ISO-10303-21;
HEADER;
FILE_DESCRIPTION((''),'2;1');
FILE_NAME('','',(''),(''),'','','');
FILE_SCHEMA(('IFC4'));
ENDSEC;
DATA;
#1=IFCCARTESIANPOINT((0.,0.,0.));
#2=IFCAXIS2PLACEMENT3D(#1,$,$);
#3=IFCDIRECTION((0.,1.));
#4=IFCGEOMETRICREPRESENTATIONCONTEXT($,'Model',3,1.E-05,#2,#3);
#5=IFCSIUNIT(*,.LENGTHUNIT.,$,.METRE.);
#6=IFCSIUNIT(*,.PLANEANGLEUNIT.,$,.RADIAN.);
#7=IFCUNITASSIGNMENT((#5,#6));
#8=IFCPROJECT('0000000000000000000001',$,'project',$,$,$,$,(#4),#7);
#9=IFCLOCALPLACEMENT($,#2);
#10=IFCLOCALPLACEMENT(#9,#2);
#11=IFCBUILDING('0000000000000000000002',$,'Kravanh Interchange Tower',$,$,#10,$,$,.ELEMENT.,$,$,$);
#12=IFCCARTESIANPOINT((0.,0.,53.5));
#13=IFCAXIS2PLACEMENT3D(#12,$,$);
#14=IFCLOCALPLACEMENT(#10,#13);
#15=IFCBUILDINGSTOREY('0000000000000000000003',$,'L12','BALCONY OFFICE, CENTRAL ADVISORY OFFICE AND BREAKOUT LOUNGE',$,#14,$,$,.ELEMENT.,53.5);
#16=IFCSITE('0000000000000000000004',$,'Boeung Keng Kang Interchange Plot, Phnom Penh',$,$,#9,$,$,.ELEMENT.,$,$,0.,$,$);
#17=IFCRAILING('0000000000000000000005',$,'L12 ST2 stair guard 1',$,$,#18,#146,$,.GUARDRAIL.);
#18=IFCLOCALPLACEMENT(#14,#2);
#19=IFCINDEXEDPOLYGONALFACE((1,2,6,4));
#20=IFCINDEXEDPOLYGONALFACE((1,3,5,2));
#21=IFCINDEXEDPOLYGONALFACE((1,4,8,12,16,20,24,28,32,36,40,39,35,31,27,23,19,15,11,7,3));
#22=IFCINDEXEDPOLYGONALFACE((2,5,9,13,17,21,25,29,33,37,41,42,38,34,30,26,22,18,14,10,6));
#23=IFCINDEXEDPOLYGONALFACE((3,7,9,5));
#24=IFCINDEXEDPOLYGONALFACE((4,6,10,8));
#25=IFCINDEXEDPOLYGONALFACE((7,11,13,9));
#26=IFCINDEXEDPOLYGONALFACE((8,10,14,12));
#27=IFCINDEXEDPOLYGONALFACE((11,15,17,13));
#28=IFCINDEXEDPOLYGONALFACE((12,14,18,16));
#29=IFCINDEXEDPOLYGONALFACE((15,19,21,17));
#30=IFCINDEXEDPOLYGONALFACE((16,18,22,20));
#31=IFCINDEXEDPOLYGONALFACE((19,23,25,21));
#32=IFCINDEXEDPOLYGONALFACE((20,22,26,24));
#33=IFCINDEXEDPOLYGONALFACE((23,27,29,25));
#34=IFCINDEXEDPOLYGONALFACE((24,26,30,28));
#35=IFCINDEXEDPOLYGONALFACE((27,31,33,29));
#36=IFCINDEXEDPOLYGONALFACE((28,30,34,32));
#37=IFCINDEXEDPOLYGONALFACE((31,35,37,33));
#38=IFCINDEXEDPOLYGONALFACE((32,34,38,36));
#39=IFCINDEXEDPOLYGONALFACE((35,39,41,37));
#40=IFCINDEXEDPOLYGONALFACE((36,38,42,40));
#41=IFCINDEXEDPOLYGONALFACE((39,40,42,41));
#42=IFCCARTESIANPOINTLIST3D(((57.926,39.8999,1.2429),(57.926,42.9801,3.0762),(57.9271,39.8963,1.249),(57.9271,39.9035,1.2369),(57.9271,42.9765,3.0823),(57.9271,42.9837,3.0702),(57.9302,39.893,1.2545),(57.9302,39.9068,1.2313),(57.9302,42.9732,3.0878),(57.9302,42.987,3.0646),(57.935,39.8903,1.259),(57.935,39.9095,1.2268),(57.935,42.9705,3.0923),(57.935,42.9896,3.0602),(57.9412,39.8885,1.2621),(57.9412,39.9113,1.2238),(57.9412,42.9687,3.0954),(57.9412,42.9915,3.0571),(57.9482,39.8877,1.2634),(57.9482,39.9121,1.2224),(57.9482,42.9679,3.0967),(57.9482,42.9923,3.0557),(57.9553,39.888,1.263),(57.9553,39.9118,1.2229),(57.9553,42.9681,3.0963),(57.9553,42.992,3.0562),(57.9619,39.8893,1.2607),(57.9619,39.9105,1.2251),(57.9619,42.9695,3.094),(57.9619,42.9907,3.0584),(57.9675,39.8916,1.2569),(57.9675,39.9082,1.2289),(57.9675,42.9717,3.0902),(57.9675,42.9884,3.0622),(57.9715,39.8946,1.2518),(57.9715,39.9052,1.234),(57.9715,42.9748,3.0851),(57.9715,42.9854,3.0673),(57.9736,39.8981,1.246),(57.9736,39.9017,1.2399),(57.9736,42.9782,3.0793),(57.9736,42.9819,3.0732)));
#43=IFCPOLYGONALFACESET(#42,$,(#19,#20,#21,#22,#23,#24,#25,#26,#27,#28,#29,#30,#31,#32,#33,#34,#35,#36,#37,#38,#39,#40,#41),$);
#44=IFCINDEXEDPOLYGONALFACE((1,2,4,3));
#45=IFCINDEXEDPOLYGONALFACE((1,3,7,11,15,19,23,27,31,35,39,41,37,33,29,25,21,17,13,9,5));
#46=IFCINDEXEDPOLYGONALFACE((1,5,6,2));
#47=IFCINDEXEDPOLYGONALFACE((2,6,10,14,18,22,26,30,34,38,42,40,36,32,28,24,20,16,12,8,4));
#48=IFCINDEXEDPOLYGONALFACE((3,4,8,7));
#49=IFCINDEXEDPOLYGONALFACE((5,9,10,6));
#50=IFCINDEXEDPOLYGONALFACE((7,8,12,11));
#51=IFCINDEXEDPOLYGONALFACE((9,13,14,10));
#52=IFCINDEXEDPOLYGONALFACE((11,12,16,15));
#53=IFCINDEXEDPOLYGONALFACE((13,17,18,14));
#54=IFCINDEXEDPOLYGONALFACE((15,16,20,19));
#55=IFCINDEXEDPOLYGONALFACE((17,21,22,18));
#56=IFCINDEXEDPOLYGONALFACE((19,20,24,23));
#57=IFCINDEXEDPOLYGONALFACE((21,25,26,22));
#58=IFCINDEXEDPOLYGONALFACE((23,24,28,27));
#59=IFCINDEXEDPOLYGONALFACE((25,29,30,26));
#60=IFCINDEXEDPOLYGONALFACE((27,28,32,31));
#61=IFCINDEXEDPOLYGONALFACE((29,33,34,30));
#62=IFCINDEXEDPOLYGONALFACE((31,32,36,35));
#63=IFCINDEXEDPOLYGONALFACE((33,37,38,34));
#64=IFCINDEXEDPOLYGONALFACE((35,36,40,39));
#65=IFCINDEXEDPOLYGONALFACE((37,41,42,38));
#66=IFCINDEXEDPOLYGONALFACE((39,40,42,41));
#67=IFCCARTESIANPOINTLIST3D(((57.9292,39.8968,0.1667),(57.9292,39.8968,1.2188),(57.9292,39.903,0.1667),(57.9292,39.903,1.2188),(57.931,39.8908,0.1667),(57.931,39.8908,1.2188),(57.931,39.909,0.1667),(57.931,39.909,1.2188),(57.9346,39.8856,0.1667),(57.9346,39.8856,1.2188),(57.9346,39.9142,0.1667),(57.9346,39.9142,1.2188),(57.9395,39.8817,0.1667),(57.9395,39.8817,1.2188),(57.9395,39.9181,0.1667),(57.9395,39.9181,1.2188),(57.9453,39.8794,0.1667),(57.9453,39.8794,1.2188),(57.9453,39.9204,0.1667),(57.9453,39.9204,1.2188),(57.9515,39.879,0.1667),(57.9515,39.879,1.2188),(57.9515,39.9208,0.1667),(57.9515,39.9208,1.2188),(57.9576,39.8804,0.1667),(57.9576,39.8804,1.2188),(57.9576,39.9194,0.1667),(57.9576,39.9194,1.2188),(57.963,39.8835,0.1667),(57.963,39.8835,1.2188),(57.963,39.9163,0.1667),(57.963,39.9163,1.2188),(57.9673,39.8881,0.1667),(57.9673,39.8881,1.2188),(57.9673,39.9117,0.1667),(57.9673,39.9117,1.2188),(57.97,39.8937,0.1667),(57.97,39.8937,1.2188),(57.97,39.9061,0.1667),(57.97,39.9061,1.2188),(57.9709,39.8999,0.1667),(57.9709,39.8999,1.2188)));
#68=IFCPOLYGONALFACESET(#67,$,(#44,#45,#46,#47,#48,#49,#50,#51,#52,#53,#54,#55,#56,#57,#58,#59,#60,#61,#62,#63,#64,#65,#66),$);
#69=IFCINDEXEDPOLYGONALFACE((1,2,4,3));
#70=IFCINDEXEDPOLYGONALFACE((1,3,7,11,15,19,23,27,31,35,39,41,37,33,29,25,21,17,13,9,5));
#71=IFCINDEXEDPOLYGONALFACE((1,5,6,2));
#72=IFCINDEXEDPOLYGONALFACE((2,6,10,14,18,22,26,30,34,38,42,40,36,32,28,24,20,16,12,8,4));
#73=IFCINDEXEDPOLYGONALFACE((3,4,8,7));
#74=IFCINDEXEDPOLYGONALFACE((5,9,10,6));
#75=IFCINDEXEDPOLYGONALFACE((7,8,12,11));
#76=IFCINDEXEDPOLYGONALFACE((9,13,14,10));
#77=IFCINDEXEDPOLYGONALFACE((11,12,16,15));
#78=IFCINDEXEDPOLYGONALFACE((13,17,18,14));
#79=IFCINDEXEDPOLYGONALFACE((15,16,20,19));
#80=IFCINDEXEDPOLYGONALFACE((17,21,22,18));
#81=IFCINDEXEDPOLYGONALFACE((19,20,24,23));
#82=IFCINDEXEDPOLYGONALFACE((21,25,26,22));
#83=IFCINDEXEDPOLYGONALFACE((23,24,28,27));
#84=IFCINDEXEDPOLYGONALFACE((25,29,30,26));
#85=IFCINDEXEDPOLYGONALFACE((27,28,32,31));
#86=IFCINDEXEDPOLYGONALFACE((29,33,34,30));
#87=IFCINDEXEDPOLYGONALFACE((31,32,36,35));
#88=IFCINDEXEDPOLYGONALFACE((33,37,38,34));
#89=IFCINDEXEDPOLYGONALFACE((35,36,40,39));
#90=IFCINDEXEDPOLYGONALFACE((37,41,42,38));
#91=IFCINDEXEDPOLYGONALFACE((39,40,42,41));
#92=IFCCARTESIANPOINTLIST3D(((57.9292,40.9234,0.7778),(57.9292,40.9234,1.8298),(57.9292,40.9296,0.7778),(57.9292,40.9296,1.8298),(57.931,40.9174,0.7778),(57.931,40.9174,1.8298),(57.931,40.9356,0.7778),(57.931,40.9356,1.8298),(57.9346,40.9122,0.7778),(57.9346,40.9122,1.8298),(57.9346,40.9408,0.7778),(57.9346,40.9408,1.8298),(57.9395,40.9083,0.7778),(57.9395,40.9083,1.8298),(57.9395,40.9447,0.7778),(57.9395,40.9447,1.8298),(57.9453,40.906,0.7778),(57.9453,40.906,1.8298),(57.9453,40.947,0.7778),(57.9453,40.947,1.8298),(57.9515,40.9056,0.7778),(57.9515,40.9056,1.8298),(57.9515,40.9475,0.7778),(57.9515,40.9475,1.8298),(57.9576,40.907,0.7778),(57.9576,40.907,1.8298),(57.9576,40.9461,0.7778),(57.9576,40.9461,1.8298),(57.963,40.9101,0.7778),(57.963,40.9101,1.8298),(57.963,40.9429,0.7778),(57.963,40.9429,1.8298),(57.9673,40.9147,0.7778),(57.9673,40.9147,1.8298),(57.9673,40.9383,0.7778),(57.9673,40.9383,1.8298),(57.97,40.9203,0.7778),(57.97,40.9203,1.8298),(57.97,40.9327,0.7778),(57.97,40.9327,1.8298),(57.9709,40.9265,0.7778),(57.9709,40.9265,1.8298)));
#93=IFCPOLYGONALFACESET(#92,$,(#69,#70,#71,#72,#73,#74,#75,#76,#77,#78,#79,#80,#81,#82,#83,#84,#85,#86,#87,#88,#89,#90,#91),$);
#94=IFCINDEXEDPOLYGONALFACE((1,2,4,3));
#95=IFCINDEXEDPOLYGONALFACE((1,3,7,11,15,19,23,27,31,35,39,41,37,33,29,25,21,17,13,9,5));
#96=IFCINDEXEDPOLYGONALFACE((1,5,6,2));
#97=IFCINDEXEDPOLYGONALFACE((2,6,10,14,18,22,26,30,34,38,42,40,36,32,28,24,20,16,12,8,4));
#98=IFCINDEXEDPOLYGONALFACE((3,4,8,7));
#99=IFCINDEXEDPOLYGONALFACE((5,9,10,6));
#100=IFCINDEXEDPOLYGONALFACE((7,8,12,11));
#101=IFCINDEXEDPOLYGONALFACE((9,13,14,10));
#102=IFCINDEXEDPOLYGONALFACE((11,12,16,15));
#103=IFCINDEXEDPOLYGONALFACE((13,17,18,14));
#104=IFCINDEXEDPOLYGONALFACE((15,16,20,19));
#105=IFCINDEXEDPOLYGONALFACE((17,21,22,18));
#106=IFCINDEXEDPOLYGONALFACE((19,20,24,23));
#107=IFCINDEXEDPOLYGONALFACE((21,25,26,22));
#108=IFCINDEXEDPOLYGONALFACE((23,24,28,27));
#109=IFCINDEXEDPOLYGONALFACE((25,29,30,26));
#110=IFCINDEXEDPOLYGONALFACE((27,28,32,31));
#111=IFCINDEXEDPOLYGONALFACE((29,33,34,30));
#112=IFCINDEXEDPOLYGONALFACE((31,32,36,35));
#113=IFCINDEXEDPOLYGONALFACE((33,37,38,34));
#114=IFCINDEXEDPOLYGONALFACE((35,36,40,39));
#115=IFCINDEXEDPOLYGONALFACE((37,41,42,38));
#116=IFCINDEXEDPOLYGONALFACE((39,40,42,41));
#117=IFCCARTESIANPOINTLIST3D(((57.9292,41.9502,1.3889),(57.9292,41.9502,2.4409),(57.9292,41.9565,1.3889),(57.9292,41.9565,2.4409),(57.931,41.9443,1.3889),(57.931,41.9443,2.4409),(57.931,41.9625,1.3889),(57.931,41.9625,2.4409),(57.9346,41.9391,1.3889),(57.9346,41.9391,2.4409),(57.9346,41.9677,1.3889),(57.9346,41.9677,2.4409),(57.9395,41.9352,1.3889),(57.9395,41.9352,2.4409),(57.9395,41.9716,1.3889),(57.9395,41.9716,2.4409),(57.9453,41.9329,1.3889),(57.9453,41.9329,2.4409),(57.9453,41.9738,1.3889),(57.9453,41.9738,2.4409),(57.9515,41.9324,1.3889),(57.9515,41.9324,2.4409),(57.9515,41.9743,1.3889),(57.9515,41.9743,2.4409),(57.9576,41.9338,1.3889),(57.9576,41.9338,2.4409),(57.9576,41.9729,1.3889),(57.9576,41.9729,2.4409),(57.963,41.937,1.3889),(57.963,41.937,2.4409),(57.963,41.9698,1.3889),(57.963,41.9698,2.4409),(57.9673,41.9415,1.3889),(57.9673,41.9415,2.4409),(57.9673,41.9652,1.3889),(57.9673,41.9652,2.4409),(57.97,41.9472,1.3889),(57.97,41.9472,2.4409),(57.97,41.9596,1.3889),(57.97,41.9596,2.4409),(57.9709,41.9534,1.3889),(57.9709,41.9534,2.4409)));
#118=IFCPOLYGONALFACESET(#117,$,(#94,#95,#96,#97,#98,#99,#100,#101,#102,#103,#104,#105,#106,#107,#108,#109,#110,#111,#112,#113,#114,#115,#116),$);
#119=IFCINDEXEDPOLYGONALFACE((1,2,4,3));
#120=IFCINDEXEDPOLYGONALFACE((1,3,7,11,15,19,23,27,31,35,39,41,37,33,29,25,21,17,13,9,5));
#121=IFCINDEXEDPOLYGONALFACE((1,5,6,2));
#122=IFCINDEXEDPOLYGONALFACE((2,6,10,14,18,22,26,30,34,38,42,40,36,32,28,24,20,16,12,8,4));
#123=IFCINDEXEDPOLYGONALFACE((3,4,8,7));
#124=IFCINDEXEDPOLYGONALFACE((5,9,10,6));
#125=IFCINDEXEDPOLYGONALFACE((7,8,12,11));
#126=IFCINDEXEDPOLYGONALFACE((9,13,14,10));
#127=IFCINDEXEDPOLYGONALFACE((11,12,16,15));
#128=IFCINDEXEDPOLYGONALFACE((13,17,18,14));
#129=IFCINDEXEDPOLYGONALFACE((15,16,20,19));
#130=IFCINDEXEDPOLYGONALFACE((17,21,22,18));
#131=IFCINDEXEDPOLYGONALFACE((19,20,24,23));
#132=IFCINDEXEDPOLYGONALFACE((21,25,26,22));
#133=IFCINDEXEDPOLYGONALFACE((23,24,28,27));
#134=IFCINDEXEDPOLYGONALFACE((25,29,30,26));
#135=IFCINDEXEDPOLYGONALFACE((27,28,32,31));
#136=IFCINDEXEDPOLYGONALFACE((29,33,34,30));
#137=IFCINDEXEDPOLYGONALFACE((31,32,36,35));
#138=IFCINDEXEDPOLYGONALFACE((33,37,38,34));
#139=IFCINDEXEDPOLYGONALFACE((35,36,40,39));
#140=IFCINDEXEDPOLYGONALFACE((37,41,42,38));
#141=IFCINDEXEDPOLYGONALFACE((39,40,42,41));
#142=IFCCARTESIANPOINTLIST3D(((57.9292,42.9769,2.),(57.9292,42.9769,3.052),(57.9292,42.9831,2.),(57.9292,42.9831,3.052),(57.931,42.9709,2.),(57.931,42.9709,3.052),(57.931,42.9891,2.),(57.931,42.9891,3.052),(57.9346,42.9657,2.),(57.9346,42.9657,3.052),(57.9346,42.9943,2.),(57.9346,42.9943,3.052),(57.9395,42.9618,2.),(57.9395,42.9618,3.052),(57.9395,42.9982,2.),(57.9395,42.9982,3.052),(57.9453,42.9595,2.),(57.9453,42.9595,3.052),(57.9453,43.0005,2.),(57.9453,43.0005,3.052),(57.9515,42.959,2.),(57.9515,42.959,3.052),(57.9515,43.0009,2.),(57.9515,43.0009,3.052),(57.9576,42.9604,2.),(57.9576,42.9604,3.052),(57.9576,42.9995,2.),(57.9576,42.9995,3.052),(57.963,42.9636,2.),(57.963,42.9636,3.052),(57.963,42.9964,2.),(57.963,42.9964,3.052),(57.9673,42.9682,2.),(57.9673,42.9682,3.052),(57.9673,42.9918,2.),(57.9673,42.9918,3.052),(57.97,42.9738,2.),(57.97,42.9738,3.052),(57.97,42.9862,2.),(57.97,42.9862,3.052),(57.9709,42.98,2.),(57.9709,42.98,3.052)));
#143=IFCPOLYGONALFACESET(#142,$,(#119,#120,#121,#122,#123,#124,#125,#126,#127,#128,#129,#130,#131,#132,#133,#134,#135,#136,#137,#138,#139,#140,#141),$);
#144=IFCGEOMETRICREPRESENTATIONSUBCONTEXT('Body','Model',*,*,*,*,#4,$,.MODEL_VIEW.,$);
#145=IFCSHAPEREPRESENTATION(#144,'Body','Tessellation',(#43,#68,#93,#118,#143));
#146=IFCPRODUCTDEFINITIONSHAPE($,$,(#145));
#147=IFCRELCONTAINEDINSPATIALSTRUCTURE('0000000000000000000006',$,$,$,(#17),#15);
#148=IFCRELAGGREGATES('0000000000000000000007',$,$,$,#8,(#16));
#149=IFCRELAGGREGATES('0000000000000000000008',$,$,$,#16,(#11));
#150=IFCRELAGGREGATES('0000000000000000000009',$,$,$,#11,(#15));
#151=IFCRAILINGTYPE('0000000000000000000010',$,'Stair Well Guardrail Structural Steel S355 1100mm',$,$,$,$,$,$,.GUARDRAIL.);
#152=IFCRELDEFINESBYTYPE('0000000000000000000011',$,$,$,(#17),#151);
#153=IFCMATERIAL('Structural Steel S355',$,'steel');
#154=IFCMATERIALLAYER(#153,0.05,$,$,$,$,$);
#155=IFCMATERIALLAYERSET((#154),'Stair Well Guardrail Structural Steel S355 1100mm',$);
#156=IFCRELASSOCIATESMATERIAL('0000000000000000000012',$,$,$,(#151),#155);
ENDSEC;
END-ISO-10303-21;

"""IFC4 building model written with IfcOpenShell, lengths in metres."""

from ifc_helpers import new_model, si_unit, direction, frame, origin, origin_2d, place, context, subcontext, project, spatial, circle, extrude, material, layer, layer_set, type_object, element, save


model = new_model("IFC4")

# Units and contexts
model_context = context("Model", 3, precision=1e-05, world=origin(), true_north=direction((0.0, 1.0)))
body_context = subcontext(model_context, "Body", "Model", "MODEL_VIEW")
ifc_project = project(units=[si_unit("LENGTHUNIT", "METRE"), si_unit("PLANEANGLEUNIT", "RADIAN")], contexts=[model_context])

# Site, building, storey
site_placement = place(None, origin())
site = spatial("IfcSite", under=ifc_project, at=site_placement, Name="Boeung Keng Kang Interchange Plot, Phnom Penh", CompositionType="ELEMENT", RefElevation=0.0)
building_placement = place(site_placement, origin())
building = spatial("IfcBuilding", under=site, at=building_placement, Name="Kravanh Interchange Tower", CompositionType="ELEMENT")
storey_placement = place(building_placement, frame((0.0, 0.0, 53.5)))
storey = spatial("IfcBuildingStorey", under=building, at=storey_placement, Name="L12", Description="BALCONY OFFICE, CENTRAL ADVISORY OFFICE AND BREAKOUT LOUNGE", CompositionType="ELEMENT", Elevation=53.5)

# Railing
ifc_material_1 = material(Name="Structural Steel S355", Category="steel")
ifc_layer_1 = layer(ifc_material_1, 0.05)
ifc_layer_set_1 = layer_set([ifc_layer_1], Name="Stair Well Guardrail Structural Steel S355 1100mm")
railing_type_1 = type_object("IfcRailingType", Name="Stair Well Guardrail Structural Steel S355 1100mm", PredefinedType="GUARDRAIL", material=ifc_layer_set_1)
railing_1_placement = place(storey_placement, frame((57.95, 39.8999, 0.1667)))
element("IfcRailing", 1, at=railing_1_placement, inside=storey, type_object=railing_type_1, Name="L12 ST2 stair guard 1", PredefinedType="GUARDRAIL", context=body_context, shape_type="SweptSolid", body=[
    extrude(circle(Radius=0.0239, at=origin_2d()), frame((0.0, 0.0, 1.0762), z_axis=(0.0, 0.859309, 0.511458), x_axis=(-1.0, 0.0, 0.0)), (0.0, 0.0, 1.0), 3.5845),
    extrude(circle(Radius=0.021, at=origin_2d()), origin(), (0.0, 0.0, 1.0), 1.052),
    extrude(circle(Radius=0.021, at=origin_2d()), frame((0.0, 1.0266, 0.6111)), (0.0, 0.0, 1.0), 1.052),
    extrude(circle(Radius=0.021, at=origin_2d()), frame((0.0, 2.0535, 1.2222)), (0.0, 0.0, 1.0), 1.052),
    extrude(circle(Radius=0.021, at=origin_2d()), frame((0.0, 3.0801, 1.8333)), (0.0, 0.0, 1.0), 1.052),
])

save(model, "model.ifc")
